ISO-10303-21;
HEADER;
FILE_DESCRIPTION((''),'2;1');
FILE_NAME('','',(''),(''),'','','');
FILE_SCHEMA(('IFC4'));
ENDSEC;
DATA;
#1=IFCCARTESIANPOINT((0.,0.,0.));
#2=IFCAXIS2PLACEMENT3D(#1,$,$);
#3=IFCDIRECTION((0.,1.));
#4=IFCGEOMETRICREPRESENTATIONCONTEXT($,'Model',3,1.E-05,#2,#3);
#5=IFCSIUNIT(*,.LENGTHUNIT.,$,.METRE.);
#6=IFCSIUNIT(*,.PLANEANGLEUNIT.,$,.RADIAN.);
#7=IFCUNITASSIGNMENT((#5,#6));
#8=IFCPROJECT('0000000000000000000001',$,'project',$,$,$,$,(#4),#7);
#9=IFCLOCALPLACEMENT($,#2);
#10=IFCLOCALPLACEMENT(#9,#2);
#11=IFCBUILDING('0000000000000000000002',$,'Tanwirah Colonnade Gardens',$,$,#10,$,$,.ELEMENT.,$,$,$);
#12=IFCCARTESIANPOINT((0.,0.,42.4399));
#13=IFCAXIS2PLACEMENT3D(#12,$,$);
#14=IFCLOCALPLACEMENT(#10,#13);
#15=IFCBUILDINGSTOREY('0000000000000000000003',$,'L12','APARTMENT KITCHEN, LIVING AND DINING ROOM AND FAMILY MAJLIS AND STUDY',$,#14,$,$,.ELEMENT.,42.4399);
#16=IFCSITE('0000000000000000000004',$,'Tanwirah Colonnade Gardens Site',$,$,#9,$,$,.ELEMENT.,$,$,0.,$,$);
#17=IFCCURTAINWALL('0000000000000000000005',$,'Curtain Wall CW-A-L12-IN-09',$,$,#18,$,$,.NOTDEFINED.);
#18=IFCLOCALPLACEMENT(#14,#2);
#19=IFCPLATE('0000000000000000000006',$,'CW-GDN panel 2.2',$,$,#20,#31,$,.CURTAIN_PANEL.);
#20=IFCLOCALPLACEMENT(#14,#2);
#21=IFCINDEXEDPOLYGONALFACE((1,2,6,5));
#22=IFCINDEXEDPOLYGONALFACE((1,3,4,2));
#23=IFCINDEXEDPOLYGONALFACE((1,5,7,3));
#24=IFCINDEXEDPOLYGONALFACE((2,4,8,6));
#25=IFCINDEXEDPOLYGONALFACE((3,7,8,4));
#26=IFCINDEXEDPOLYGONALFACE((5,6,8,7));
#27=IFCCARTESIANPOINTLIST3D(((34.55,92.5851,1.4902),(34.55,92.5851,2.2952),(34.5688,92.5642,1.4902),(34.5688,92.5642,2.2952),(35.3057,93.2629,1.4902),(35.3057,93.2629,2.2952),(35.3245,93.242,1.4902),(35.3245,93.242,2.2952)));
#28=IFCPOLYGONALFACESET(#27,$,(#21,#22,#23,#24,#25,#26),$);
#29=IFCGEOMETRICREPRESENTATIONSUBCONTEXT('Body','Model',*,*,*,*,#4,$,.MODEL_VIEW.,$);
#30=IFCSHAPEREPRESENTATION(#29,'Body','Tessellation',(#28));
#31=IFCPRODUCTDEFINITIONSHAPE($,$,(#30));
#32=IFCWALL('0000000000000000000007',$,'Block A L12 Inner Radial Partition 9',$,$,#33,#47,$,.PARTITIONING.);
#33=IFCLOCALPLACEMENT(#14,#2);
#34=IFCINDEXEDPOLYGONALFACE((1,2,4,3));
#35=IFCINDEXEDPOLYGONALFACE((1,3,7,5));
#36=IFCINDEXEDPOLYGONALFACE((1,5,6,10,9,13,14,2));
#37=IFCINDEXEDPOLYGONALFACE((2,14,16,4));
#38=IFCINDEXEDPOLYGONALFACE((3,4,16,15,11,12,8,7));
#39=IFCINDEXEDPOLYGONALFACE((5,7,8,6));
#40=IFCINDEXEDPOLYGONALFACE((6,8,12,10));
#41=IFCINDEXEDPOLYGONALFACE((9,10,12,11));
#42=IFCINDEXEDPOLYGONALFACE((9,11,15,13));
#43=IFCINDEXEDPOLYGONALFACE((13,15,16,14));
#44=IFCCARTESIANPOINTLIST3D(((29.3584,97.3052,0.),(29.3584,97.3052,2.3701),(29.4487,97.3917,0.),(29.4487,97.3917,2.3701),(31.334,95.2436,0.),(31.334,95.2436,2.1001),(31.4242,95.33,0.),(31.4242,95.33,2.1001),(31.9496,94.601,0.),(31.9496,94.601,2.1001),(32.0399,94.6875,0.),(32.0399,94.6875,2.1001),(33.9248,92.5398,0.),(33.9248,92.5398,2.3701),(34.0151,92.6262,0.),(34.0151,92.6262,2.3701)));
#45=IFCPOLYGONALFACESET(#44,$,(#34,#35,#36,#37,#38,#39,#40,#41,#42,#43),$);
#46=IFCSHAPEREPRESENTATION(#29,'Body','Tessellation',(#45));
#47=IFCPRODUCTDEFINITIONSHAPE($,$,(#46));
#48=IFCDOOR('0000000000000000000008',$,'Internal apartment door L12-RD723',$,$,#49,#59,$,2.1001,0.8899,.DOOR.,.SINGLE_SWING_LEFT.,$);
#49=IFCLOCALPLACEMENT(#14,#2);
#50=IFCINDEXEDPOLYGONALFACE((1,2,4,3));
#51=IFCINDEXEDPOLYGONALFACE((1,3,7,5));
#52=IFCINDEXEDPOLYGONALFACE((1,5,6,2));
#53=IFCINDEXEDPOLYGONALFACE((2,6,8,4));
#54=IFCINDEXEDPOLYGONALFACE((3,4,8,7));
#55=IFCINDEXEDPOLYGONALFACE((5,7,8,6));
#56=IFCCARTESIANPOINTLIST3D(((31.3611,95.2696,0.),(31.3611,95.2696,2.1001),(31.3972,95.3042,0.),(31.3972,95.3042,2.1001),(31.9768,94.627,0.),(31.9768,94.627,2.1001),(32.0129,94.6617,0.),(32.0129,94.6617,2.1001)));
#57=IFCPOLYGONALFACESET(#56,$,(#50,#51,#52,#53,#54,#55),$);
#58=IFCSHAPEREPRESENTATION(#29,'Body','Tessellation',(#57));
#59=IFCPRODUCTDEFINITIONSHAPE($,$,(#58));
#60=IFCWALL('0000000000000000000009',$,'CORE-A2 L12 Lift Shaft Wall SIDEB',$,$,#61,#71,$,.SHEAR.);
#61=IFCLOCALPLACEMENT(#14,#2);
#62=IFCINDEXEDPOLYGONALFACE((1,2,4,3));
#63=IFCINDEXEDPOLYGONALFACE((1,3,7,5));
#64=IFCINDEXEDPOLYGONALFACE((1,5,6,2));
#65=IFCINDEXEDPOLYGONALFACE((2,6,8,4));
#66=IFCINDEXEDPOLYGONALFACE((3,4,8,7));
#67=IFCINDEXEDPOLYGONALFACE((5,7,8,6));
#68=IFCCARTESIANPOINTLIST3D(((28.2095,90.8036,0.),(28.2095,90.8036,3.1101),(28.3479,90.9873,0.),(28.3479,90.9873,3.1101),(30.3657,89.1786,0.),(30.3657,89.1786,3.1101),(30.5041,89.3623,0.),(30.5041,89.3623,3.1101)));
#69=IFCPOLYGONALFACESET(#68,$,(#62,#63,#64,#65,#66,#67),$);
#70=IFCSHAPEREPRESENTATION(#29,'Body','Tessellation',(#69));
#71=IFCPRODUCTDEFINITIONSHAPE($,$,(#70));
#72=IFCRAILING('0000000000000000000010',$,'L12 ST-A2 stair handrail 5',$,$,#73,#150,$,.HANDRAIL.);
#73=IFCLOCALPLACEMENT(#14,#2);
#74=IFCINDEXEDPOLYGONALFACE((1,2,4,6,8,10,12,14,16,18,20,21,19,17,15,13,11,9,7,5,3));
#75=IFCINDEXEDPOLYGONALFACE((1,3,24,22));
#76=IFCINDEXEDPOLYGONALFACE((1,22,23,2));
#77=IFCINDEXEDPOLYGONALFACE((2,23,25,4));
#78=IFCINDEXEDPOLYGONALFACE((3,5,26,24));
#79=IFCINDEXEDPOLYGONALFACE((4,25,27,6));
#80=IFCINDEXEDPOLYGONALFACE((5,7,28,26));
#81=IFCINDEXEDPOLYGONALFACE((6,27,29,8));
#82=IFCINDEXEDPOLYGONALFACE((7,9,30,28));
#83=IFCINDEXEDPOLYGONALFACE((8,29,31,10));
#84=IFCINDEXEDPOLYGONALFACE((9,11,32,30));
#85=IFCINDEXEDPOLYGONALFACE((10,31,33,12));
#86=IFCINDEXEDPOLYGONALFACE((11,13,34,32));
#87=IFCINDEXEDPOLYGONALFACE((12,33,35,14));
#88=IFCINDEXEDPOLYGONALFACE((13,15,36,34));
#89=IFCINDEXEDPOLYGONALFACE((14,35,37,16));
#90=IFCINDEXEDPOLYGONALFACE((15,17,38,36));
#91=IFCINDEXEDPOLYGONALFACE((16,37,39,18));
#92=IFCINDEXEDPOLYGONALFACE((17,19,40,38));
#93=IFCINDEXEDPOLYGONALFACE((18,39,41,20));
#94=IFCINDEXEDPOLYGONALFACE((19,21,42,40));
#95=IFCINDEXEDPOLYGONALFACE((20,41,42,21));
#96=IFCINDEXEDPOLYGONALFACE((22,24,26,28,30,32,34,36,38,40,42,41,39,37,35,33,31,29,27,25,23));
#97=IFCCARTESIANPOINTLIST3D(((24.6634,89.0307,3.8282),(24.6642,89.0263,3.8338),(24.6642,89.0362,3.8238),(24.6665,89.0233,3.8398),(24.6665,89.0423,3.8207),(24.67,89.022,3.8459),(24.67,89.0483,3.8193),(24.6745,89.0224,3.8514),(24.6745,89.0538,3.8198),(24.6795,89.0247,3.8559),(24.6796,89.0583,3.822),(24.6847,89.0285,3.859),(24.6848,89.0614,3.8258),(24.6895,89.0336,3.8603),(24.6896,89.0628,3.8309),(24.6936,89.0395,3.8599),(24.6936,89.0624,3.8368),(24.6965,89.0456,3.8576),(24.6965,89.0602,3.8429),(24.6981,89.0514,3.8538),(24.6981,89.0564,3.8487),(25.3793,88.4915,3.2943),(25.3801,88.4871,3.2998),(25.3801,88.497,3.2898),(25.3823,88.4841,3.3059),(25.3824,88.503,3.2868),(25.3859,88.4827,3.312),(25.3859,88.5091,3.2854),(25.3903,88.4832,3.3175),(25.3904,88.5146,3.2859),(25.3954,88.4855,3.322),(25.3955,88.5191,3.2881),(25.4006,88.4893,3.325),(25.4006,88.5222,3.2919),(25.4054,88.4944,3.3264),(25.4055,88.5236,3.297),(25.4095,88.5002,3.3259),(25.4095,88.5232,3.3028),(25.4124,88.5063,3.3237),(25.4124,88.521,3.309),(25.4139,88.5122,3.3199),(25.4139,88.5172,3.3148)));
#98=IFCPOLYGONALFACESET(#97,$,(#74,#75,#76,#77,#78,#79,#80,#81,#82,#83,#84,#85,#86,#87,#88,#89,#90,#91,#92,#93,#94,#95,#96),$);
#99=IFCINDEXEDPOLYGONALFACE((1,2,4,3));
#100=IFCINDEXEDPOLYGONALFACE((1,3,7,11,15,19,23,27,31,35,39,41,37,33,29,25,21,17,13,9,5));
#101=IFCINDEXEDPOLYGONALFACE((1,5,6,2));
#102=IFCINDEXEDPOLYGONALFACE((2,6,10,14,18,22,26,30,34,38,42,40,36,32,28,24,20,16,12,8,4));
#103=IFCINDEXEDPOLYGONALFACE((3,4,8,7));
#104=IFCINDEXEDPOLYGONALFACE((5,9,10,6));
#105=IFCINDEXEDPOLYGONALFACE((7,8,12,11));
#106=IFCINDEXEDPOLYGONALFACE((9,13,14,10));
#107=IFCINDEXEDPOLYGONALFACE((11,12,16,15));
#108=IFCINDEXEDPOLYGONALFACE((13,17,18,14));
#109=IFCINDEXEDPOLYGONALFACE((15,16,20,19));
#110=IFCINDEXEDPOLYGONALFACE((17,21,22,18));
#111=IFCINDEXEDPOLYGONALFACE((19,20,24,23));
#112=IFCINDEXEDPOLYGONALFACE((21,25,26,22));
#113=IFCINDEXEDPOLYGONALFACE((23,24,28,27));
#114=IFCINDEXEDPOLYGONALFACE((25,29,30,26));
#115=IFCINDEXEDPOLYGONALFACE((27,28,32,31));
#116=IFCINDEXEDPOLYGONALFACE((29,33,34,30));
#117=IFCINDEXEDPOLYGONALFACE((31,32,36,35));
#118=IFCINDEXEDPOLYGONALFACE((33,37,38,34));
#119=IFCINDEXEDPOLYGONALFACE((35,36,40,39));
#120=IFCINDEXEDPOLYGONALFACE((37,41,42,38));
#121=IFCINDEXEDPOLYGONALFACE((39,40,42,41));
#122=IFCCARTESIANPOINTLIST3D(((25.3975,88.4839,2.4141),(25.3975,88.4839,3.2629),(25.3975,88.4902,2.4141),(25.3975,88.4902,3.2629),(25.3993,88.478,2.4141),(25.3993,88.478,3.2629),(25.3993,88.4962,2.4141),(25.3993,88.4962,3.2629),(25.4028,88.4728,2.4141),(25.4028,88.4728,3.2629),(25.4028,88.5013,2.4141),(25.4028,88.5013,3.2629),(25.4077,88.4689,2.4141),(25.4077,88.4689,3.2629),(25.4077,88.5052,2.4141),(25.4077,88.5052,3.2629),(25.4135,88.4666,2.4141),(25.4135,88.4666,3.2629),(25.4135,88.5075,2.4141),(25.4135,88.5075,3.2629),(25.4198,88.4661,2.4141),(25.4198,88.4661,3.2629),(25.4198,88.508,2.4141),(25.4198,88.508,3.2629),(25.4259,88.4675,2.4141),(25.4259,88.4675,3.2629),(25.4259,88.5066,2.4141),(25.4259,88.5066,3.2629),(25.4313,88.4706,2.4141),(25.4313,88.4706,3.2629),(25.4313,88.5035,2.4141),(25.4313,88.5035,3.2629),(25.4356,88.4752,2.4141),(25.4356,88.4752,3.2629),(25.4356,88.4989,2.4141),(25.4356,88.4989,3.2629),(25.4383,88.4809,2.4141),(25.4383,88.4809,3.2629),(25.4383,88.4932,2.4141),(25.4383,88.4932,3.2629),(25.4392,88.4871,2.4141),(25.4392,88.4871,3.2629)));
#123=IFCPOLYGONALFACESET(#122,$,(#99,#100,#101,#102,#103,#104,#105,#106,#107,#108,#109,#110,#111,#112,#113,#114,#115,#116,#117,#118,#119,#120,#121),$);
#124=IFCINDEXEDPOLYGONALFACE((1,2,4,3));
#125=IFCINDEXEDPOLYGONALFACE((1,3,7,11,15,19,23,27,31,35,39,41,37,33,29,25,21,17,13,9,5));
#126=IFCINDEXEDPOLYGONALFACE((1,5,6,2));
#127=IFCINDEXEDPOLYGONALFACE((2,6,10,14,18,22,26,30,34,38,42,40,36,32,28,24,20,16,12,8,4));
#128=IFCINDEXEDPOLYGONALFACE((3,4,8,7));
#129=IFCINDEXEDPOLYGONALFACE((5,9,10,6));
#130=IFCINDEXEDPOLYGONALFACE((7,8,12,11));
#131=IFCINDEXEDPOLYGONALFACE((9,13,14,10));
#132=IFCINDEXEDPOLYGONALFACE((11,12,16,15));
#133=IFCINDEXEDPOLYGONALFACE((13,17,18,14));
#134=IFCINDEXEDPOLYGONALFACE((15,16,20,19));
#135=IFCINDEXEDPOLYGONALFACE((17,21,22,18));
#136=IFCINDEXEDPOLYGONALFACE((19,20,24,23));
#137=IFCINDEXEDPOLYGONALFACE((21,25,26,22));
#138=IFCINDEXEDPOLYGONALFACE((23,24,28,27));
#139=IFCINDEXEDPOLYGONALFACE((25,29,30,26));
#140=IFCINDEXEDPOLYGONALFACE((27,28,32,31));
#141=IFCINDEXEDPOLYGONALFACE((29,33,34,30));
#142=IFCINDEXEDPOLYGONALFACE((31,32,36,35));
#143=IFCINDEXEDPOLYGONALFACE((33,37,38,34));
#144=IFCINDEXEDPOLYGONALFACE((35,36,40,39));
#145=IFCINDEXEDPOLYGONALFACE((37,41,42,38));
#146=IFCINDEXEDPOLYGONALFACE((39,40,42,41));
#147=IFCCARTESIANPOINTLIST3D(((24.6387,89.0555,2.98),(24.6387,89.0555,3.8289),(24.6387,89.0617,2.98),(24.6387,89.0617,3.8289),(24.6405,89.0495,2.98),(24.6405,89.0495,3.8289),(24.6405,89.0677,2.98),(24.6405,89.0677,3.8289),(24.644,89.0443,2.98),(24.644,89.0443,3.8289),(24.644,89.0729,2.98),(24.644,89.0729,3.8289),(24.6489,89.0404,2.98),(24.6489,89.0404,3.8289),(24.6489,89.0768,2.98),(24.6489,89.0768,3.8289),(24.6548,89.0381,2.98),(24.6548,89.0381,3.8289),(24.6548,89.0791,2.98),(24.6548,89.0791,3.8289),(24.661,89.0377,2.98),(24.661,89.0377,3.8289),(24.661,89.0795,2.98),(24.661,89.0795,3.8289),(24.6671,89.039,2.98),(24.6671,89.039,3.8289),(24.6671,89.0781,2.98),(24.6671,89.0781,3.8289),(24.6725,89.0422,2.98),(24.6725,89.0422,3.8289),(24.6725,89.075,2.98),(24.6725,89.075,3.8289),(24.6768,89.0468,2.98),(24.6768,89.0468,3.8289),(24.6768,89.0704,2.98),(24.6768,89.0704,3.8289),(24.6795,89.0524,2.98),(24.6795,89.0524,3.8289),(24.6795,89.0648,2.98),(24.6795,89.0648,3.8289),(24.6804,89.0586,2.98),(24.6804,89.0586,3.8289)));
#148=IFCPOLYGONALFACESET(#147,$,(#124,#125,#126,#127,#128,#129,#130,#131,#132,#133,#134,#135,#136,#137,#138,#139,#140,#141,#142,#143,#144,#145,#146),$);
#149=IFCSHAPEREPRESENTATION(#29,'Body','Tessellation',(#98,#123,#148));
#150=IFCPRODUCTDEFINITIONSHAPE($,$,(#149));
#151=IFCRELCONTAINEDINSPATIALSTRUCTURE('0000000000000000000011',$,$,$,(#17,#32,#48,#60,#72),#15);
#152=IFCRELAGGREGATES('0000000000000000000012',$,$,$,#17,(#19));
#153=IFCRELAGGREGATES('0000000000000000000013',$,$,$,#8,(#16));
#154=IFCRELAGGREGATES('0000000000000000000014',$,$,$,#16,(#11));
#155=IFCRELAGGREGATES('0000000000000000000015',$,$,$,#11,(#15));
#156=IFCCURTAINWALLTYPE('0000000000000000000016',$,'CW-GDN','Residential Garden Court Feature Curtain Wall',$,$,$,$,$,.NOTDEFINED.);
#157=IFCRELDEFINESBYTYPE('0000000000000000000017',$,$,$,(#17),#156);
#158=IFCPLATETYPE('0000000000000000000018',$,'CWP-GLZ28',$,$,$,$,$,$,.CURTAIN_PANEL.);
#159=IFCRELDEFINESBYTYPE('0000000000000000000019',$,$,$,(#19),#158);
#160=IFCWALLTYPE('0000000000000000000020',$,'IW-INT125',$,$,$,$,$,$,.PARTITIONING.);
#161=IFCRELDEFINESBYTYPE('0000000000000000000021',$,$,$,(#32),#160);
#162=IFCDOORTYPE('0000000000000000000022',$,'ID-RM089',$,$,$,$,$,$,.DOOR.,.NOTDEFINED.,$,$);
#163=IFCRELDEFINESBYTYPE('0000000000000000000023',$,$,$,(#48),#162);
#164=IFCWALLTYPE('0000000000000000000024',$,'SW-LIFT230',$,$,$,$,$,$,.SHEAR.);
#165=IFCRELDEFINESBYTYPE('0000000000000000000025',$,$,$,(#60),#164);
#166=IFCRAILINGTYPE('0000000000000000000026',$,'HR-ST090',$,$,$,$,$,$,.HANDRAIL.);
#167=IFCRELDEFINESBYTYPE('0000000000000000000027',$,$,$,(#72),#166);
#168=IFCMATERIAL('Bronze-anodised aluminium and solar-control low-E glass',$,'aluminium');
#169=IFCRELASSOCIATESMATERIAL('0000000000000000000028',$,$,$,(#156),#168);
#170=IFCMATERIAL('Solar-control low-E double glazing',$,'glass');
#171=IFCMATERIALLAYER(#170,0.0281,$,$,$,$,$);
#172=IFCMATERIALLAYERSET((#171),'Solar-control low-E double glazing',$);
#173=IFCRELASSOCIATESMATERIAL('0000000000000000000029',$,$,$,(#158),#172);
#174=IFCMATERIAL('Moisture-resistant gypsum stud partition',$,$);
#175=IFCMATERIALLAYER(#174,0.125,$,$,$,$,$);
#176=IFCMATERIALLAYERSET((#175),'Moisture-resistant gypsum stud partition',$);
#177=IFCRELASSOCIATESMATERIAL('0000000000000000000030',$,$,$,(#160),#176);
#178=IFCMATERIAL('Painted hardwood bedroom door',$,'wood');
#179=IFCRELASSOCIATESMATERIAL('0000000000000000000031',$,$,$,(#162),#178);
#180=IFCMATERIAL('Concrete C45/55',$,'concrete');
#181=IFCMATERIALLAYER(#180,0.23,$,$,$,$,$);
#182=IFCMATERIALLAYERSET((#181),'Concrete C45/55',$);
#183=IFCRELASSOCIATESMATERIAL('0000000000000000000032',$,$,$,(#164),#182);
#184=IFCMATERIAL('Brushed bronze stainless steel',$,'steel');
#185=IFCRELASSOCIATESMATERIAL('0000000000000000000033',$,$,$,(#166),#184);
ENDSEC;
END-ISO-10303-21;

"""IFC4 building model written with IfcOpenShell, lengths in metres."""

from ifc_helpers import new_model, si_unit, direction, frame, frame_2d, origin, origin_2d, place, context, subcontext, project, spatial, rectangle, circle, extrude, material, layer, layer_set, type_object, element, fill, aggregate, save


model = new_model("IFC4")

# Units and contexts
model_context = context("Model", 3, precision=1e-05, world=origin(), true_north=direction((0.0, 1.0)))
body_context = subcontext(model_context, "Body", "Model", "MODEL_VIEW")
ifc_project = project(units=[si_unit("LENGTHUNIT", "METRE"), si_unit("PLANEANGLEUNIT", "RADIAN")], contexts=[model_context])

# Site, building, storey
site_placement = place(None, origin())
site = spatial("IfcSite", under=ifc_project, at=site_placement, Name="Tanwirah Colonnade Gardens Site", CompositionType="ELEMENT", RefElevation=0.0)
building_placement = place(site_placement, origin())
building = spatial("IfcBuilding", under=site, at=building_placement, Name="Tanwirah Colonnade Gardens", CompositionType="ELEMENT")
storey_placement = place(building_placement, frame((0.0, 0.0, 42.4399)))
storey = spatial("IfcBuildingStorey", under=building, at=storey_placement, Name="L12", Description="APARTMENT KITCHEN, LIVING AND DINING ROOM AND FAMILY MAJLIS AND STUDY", CompositionType="ELEMENT", Elevation=42.4399)

# Curtain wall
ifc_material_1 = material(Name="Bronze-anodised aluminium and solar-control low-E glass", Category="aluminium")
curtain_wall_type = type_object("IfcCurtainWallType", Name="CW-GDN", Description="Residential Garden Court Feature Curtain Wall", PredefinedType="NOTDEFINED", material=ifc_material_1)
curtain_wall_placement = place(storey_placement, origin())
curtain_wall = element("IfcCurtainWall", 1, at=curtain_wall_placement, inside=storey, type_object=curtain_wall_type, Name="Curtain Wall CW-A-L12-IN-09", PredefinedType="NOTDEFINED")

# Plate
ifc_material_2 = material(Name="Solar-control low-E double glazing", Category="glass")
ifc_layer_1 = layer(ifc_material_2, 0.0281)
ifc_layer_set_1 = layer_set([ifc_layer_1], Name="Solar-control low-E double glazing")
plate_type = type_object("IfcPlateType", Name="CWP-GLZ28", PredefinedType="CURTAIN_PANEL", material=ifc_layer_set_1)
plate_1_placement = place(storey_placement, frame((34.9373, 92.9136, 1.4902), z_axis=(0.0, 0.0, 1.0), x_axis=(-0.74444, -0.667689, 0.0)))
plate_1 = element("IfcPlate", 2, at=plate_1_placement, type_object=plate_type, Name="CW-GDN panel 2.2", PredefinedType="CURTAIN_PANEL", context=body_context, shape_type="SweptSolid", body=[
    extrude(rectangle(XDim=1.0151, YDim=0.0281, at=origin_2d()), origin(), (0.0, 0.0, 1.0), 0.8049),
])
aggregate(curtain_wall, [plate_1])

# Wall, opening, door
ifc_material_3 = material(Name="Moisture-resistant gypsum stud partition")
ifc_layer_2 = layer(ifc_material_3, 0.125)
ifc_layer_set_2 = layer_set([ifc_layer_2], Name="Moisture-resistant gypsum stud partition")
wall_type_1 = type_object("IfcWallType", Name="IW-INT125", PredefinedType="PARTITIONING", material=ifc_layer_set_2)
wall_1_placement = place(storey_placement, frame((33.97, 92.583, 0.0), z_axis=(0.0, 0.0, 1.0), x_axis=(-0.691872, 0.72202, 0.0)))
wall_1 = element("IfcWall", 3, at=wall_1_placement, inside=storey, type_object=wall_type_1, Name="Block A L12 Inner Radial Partition 9", PredefinedType="PARTITIONING", context=body_context, shape_type="SweptSolid", body=[
    extrude(rectangle(XDim=6.6001, YDim=0.125, at=frame_2d((3.3, 0.0))), origin(), (0.0, 0.0, 1.0), 2.3701),
])
opening_1_placement = place(wall_1_placement, frame((2.855, 0.0, 0.0)))
opening_1 = element("IfcOpeningElement", 4, at=opening_1_placement, cuts=wall_1, PredefinedType="OPENING", context=body_context, shape_type="SweptSolid", body=[
    extrude(rectangle(XDim=0.8899, YDim=2.1001, at=frame_2d((0.4448, 1.05))), frame((0.0, 0.0725, 0.0), z_axis=(0.0, -1.0, 0.0), x_axis=(1.0, 0.0, 0.0)), (0.0, 0.0, 1.0), 0.145),
])
ifc_material_4 = material(Name="Painted hardwood bedroom door", Category="wood")
door_type_1 = type_object("IfcDoorType", Name="ID-RM089", OperationType="NOTDEFINED", PredefinedType="DOOR", material=ifc_material_4)
door_1_placement = place(opening_1_placement, origin())
door_1 = element("IfcDoor", 5, at=door_1_placement, inside=storey, type_object=door_type_1, Name="Internal apartment door L12-RD723", OperationType="SINGLE_SWING_LEFT", OverallHeight=2.1001, OverallWidth=0.8899, PredefinedType="DOOR", context=body_context, shape_type="SweptSolid", body=[
    extrude(rectangle(XDim=0.8899, YDim=2.1001, at=frame_2d((0.4448, 1.05))), frame((0.0, 0.0249, 0.0), z_axis=(0.0, -1.0, 0.0), x_axis=(1.0, 0.0, 0.0)), (0.0, 0.0, 1.0), 0.05),
])
fill(opening_1, door_1)

# Wall
ifc_material_5 = material(Name="Concrete C45/55", Category="concrete")
ifc_layer_3 = layer(ifc_material_5, 0.23)
ifc_layer_set_3 = layer_set([ifc_layer_3], Name="Concrete C45/55")
wall_type_2 = type_object("IfcWallType", Name="SW-LIFT230", PredefinedType="SHEAR", material=ifc_layer_set_3)
wall_2_placement = place(storey_placement, frame((28.2786, 90.8955, 0.0), z_axis=(0.0, 0.0, 1.0), x_axis=(0.798609, -0.60185, 0.0)))
element("IfcWall", 6, at=wall_2_placement, inside=storey, type_object=wall_type_2, Name="CORE-A2 L12 Lift Shaft Wall SIDEB", PredefinedType="SHEAR", context=body_context, shape_type="SweptSolid", body=[
    extrude(rectangle(XDim=2.7, YDim=0.23, at=frame_2d((1.3501, 0.0))), origin(), (0.0, 0.0, 1.0), 3.1101),
])

# Railing
ifc_material_6 = material(Name="Brushed bronze stainless steel", Category="steel")
railing_type_1 = type_object("IfcRailingType", Name="HR-ST090", PredefinedType="HANDRAIL", material=ifc_material_6)
railing_1_placement = place(storey_placement, frame((25.4182, 88.4871, 2.4141)))
element("IfcRailing", 7, at=railing_1_placement, inside=storey, type_object=railing_type_1, Name="L12 ST-A2 stair handrail 5", PredefinedType="HANDRAIL", context=body_context, shape_type="SweptSolid", body=[
    extrude(circle(Radius=0.0239, at=origin_2d()), frame((-0.0215, 0.0161, 0.8918), z_axis=(-0.686224, 0.516876, 0.511797), x_axis=(-0.601644, -0.798765, 0.0)), (0.0, 0.0, 1.0), 1.0432),
    extrude(circle(Radius=0.021, at=origin_2d()), origin(), (0.0, 0.0, 1.0), 0.8489),
    extrude(circle(Radius=0.021, at=origin_2d()), frame((-0.7588, 0.5715, 0.5659)), (0.0, 0.0, 1.0), 0.8489),
])

save(model, "model.ifc")
